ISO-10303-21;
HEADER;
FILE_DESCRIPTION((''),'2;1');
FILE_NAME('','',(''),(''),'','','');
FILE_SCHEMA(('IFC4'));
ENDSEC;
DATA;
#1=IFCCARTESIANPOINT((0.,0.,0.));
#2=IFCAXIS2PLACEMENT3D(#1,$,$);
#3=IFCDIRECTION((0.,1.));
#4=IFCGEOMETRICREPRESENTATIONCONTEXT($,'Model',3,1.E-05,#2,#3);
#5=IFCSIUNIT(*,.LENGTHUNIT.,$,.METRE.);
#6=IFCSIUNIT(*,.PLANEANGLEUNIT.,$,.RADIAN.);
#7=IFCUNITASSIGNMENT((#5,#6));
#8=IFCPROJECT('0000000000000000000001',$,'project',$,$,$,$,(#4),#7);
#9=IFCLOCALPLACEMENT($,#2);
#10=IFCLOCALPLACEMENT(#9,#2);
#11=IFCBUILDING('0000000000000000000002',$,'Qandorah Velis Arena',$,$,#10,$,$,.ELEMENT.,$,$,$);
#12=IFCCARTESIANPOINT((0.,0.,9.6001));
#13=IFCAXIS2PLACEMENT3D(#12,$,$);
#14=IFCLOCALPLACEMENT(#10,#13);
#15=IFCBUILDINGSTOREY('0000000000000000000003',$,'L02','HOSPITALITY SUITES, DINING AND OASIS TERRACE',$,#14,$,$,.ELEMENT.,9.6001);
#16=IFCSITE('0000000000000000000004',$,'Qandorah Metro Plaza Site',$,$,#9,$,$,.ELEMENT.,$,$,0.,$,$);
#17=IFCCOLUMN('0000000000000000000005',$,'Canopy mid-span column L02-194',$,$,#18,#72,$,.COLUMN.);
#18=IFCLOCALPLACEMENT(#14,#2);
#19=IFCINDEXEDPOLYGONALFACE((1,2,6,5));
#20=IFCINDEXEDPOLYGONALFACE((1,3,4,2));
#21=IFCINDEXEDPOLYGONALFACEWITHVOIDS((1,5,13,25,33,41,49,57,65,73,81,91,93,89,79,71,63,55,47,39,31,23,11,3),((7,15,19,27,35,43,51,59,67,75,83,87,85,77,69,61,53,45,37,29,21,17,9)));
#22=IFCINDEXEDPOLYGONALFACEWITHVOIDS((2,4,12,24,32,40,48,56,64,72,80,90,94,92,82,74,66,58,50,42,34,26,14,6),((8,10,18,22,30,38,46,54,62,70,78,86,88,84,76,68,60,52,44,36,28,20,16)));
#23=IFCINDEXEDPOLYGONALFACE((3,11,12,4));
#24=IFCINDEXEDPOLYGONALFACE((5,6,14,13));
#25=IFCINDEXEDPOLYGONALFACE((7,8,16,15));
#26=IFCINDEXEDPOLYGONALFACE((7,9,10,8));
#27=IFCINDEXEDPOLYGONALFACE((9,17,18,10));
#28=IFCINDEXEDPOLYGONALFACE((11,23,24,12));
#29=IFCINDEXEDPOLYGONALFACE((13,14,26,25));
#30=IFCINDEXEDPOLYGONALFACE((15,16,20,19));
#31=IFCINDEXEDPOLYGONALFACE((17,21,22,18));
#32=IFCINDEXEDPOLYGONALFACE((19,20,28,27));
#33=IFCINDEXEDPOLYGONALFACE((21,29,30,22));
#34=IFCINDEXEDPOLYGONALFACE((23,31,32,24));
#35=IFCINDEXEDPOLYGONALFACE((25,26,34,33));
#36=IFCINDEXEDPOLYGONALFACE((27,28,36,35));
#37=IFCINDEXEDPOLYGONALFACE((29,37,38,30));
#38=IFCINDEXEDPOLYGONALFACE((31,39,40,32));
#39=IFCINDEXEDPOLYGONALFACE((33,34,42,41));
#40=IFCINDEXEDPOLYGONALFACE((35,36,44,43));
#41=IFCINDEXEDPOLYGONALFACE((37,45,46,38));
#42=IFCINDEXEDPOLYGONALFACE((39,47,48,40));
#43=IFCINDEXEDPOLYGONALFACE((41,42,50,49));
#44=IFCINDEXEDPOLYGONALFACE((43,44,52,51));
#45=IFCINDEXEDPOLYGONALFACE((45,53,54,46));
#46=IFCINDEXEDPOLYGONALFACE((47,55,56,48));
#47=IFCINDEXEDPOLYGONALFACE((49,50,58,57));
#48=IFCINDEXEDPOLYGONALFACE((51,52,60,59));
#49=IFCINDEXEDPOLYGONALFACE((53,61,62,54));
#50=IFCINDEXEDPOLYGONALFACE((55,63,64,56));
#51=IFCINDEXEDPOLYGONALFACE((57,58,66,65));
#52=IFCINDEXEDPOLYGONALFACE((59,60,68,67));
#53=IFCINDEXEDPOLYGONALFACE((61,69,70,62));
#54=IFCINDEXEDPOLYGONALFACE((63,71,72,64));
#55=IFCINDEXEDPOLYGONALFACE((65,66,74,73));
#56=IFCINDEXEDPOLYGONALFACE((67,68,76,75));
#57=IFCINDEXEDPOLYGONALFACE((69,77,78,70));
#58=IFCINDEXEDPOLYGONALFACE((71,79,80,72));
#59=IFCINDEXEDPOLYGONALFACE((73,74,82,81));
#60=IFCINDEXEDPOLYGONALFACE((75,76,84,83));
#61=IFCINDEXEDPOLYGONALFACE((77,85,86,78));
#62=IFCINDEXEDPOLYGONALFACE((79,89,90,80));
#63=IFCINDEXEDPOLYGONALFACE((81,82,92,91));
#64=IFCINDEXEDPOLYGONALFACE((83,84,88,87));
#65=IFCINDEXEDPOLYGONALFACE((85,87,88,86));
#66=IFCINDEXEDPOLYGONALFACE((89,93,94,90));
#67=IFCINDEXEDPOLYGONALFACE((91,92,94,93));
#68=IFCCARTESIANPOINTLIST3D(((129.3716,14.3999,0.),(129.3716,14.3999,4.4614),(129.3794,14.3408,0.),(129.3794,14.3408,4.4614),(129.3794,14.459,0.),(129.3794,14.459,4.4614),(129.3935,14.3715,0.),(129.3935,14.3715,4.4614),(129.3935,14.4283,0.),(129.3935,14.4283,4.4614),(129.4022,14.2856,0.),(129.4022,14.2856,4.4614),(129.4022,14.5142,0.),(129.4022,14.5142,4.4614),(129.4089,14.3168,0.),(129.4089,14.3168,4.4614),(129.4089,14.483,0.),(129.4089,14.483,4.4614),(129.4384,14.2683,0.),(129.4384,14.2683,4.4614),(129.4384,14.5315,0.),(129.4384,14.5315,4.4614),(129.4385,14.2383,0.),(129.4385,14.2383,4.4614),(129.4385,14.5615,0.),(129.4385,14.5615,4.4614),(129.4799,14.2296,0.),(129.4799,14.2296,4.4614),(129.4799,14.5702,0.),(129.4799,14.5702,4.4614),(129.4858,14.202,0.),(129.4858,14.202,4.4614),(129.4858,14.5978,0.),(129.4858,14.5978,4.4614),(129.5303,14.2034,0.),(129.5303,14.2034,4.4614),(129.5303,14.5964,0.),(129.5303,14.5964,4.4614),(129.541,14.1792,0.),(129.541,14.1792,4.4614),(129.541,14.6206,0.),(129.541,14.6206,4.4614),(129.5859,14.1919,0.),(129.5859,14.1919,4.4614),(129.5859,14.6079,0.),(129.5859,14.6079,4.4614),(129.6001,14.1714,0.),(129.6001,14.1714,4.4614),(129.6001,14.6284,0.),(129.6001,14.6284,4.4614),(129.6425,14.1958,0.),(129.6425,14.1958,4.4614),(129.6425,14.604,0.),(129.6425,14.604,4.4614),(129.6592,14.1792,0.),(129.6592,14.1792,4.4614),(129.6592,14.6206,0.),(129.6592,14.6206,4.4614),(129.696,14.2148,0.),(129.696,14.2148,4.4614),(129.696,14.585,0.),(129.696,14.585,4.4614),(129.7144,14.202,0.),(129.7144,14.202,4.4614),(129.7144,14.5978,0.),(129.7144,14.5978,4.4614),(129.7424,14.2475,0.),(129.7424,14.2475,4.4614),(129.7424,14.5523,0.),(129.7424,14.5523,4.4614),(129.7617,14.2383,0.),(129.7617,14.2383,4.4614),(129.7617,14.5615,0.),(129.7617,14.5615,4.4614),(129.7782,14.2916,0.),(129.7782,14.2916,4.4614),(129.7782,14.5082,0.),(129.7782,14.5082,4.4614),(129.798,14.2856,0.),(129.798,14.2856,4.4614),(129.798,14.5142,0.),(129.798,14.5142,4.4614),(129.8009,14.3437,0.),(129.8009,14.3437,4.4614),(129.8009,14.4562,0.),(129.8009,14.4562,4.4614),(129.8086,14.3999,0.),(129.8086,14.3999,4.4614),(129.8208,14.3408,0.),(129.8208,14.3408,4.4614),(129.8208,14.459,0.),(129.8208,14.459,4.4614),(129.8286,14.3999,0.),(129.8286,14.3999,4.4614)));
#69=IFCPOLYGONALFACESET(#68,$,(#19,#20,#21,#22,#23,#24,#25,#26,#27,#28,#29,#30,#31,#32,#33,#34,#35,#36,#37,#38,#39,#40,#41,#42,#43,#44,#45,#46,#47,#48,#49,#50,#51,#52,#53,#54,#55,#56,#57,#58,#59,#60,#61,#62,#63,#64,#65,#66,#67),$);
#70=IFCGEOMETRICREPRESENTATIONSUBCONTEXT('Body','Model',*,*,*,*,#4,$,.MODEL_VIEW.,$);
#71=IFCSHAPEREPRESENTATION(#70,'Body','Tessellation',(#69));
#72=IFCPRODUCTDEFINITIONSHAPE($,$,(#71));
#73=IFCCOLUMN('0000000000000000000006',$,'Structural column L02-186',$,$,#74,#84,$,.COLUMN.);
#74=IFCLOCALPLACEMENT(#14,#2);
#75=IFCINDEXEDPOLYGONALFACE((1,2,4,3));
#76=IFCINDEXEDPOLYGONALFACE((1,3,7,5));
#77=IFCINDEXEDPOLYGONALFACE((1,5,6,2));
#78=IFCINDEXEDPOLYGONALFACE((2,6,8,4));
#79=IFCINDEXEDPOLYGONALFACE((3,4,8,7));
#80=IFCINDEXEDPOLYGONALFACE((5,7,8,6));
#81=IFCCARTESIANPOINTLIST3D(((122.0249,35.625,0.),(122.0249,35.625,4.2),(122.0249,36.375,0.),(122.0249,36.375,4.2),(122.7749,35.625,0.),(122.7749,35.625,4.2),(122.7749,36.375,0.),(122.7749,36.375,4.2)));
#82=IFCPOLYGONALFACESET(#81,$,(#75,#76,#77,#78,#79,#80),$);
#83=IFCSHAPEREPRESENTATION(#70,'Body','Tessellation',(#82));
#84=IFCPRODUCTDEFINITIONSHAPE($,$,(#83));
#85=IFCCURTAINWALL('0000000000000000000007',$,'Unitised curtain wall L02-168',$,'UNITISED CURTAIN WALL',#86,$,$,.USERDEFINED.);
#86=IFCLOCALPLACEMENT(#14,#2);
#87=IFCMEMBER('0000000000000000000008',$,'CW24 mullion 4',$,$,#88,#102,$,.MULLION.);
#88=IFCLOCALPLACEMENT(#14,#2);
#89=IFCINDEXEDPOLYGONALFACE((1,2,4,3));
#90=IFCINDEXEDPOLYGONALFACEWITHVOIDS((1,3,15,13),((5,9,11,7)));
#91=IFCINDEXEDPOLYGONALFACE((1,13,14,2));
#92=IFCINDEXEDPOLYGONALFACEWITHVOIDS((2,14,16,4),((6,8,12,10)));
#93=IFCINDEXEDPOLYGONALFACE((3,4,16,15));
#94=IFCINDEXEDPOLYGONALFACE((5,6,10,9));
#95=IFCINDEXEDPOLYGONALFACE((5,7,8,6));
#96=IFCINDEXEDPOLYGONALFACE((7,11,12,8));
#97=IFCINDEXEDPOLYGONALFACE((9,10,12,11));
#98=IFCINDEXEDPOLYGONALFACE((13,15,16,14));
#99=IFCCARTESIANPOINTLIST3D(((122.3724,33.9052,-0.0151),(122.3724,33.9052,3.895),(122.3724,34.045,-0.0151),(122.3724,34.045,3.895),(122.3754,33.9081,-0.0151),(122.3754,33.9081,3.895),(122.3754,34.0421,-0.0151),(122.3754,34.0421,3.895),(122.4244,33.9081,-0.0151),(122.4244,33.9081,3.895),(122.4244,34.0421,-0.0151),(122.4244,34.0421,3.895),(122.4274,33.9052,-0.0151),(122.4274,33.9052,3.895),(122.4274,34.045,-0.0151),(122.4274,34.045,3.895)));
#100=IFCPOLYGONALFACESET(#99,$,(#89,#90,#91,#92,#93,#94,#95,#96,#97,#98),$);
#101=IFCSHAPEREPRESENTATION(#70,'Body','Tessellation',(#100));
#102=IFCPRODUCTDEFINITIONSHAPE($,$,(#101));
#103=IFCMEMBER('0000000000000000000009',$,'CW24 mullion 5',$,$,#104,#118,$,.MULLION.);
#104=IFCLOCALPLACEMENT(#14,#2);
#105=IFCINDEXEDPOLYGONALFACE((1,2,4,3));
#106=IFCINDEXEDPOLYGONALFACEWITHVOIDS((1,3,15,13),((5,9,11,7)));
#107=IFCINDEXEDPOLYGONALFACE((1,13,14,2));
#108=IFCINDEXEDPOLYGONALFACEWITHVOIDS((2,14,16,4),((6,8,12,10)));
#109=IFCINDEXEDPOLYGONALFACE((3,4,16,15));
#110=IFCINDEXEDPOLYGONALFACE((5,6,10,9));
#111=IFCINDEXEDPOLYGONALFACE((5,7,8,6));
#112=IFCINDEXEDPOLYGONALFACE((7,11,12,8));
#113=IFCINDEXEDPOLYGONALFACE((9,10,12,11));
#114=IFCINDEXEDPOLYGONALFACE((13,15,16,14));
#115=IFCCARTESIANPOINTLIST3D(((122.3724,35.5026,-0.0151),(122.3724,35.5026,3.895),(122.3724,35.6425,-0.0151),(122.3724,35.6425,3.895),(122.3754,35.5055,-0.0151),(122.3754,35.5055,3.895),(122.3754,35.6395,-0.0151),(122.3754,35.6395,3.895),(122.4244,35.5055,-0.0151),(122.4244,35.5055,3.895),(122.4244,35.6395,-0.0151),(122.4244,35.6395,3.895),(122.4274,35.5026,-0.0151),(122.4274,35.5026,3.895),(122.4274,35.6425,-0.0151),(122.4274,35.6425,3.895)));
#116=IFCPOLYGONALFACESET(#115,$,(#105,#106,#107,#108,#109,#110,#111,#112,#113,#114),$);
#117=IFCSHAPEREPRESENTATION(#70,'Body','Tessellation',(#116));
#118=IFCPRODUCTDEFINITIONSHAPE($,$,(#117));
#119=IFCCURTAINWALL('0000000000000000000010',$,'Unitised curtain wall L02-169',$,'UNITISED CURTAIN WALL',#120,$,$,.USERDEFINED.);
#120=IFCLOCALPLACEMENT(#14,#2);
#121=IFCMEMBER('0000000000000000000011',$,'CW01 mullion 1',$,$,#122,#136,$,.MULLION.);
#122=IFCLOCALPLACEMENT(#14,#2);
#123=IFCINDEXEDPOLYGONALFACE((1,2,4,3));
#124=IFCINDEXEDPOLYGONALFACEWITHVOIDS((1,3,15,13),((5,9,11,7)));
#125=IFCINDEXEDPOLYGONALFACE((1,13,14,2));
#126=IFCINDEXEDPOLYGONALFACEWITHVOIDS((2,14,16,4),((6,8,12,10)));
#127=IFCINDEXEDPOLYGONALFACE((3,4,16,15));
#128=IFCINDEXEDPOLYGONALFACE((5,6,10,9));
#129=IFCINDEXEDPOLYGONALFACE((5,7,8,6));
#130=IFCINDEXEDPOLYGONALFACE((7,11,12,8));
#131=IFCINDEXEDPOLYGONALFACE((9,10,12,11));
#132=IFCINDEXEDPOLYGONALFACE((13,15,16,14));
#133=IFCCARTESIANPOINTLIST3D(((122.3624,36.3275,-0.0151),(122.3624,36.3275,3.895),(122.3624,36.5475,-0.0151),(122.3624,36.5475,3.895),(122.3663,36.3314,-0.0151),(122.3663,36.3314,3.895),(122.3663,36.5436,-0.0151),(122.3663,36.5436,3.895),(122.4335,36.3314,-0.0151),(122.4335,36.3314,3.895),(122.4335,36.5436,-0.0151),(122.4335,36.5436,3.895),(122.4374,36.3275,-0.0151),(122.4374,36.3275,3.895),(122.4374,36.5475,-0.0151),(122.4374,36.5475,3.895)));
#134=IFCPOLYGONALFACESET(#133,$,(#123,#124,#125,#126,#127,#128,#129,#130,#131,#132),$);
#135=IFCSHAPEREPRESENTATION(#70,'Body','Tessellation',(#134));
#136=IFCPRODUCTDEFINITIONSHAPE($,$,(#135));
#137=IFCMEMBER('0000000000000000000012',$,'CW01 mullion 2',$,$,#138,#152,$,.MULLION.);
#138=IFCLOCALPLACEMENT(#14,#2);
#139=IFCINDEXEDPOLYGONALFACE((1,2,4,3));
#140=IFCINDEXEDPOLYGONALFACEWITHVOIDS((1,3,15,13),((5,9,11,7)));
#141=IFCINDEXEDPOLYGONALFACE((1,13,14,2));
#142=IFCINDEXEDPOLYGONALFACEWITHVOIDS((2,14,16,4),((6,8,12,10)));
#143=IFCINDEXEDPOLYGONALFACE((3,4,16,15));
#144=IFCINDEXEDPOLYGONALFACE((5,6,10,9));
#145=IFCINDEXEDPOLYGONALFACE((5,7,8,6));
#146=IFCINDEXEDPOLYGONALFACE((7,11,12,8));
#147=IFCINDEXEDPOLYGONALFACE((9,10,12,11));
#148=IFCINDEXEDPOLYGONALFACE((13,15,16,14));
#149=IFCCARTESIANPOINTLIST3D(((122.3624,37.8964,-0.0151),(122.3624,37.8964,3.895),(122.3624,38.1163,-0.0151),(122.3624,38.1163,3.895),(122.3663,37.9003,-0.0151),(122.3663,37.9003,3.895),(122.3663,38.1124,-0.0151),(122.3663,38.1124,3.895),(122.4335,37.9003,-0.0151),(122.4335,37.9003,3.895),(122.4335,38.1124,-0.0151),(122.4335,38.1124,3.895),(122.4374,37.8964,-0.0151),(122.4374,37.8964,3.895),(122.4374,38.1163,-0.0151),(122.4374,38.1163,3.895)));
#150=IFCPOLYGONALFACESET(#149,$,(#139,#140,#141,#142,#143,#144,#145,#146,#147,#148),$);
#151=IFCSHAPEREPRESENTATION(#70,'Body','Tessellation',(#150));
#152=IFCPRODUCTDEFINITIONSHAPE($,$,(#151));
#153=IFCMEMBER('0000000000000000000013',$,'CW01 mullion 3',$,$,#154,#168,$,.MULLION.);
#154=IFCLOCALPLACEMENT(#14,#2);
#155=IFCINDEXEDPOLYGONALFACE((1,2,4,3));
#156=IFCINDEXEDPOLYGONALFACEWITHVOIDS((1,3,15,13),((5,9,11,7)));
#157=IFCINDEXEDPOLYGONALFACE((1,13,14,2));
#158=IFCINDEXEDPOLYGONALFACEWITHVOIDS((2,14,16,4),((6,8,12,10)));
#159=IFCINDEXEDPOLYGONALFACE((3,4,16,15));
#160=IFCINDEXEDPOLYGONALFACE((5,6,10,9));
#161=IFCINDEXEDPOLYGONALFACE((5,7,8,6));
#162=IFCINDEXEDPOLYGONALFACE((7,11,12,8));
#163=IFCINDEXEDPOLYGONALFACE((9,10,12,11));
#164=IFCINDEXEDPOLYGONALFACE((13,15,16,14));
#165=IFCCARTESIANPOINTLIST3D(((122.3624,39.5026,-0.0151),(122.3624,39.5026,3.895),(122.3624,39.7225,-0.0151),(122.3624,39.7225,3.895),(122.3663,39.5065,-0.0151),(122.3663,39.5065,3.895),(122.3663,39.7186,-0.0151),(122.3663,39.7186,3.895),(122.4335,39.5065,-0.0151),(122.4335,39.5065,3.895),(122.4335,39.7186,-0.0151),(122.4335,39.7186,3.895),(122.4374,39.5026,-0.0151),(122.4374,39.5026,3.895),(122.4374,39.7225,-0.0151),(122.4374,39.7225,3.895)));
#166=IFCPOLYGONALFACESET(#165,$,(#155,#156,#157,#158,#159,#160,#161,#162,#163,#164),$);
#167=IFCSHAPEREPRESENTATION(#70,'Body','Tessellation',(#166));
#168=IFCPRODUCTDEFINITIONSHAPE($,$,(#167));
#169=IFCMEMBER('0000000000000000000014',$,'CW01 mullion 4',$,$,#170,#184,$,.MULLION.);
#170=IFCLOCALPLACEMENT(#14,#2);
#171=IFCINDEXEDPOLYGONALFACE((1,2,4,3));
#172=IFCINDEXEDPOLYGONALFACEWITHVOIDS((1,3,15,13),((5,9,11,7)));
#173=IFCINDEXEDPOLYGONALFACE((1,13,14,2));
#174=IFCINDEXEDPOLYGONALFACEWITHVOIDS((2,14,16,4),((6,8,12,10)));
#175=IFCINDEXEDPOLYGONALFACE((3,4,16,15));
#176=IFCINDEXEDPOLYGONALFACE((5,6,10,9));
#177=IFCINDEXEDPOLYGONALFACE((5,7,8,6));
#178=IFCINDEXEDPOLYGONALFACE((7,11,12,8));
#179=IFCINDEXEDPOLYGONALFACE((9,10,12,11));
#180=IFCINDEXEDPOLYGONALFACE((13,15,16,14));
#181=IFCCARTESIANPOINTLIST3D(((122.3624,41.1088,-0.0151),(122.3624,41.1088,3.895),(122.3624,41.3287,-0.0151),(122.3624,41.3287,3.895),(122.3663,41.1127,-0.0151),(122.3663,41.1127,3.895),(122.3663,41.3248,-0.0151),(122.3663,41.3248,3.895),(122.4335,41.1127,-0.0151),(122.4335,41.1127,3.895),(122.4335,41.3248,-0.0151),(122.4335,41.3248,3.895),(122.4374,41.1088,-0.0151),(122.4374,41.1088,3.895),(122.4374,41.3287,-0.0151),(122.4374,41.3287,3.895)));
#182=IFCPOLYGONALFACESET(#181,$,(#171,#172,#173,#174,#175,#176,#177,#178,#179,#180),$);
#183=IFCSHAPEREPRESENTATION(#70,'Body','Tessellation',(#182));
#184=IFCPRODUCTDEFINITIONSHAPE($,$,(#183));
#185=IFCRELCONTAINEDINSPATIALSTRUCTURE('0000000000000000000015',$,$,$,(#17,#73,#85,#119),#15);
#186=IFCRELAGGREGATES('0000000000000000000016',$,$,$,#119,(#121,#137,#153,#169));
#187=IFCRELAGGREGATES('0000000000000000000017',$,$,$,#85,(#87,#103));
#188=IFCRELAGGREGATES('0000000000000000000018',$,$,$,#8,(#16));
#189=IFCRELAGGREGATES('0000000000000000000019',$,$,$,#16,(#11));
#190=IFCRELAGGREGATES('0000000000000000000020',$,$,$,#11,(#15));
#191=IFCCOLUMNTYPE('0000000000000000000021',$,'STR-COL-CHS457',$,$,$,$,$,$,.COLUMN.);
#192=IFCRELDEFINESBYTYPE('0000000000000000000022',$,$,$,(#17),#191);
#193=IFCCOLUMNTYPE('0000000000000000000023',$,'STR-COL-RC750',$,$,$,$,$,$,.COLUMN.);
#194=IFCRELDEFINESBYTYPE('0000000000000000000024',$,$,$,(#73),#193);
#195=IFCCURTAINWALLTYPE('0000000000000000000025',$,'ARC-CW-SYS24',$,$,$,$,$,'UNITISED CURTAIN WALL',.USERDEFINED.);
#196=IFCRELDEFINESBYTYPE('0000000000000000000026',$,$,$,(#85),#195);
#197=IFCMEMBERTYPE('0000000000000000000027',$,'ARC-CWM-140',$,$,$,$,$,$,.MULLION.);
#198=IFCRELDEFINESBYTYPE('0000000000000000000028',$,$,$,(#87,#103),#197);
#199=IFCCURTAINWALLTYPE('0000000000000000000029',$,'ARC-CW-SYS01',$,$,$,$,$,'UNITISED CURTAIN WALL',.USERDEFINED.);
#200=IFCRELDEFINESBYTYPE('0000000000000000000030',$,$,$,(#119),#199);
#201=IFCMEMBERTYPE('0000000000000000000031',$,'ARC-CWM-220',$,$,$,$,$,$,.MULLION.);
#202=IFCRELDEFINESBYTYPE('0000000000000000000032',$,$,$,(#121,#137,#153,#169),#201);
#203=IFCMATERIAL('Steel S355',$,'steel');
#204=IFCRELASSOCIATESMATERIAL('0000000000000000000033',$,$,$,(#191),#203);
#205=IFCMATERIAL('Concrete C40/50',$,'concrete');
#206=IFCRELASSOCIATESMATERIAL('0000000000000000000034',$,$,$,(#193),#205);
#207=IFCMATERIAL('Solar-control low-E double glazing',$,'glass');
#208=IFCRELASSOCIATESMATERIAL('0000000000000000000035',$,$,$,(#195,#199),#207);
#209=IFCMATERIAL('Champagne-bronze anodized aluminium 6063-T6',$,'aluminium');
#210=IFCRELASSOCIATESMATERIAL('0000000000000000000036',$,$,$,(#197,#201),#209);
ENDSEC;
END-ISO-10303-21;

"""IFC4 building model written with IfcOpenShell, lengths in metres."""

from ifc_helpers import new_model, si_unit, direction, frame, origin, origin_2d, place, context, subcontext, project, spatial, rectangle, hollow_rectangle, hollow_circle, extrude, material, material_profile, profile_set, type_object, element, aggregate, save


model = new_model("IFC4")

# Units and contexts
model_context = context("Model", 3, precision=1e-05, world=origin(), true_north=direction((0.0, 1.0)))
body_context = subcontext(model_context, "Body", "Model", "MODEL_VIEW")
ifc_project = project(units=[si_unit("LENGTHUNIT", "METRE"), si_unit("PLANEANGLEUNIT", "RADIAN")], contexts=[model_context])

# Site, building, storey
site_placement = place(None, origin())
site = spatial("IfcSite", under=ifc_project, at=site_placement, Name="Qandorah Metro Plaza Site", CompositionType="ELEMENT", RefElevation=0.0)
building_placement = place(site_placement, origin())
building = spatial("IfcBuilding", under=site, at=building_placement, Name="Qandorah Velis Arena", CompositionType="ELEMENT")
storey_placement = place(building_placement, frame((0.0, 0.0, 9.6001)))
storey = spatial("IfcBuildingStorey", under=building, at=storey_placement, Name="L02", Description="HOSPITALITY SUITES, DINING AND OASIS TERRACE", CompositionType="ELEMENT", Elevation=9.6001)

# Columns
ifc_material_1 = material(Name="Steel S355", Category="steel")
ifc_material_profile_1 = material_profile(ifc_material_1, hollow_circle(Radius=0.2285, WallThickness=0.02, at=origin_2d()), Name="CHS 457x20")
ifc_profile_set_1 = profile_set([ifc_material_profile_1], Name="Steel S355")
column_type_1 = type_object("IfcColumnType", Name="STR-COL-CHS457", PredefinedType="COLUMN", material=ifc_profile_set_1)
column_1_placement = place(storey_placement, frame((129.6001, 14.3999, 0.0), z_axis=(0.0, 0.0, 1.0), x_axis=(1.0, 0.0, 0.0)))
element("IfcColumn", 1, at=column_1_placement, inside=storey, type_object=column_type_1, Name="Canopy mid-span column L02-194", PredefinedType="COLUMN", context=body_context, shape_type="SweptSolid", body=[
    extrude(hollow_circle(Radius=0.2285, WallThickness=0.02, at=origin_2d()), origin(), (0.0, 0.0, 1.0), 4.4614),
])
ifc_material_2 = material(Name="Concrete C40/50", Category="concrete")
ifc_material_profile_2 = material_profile(ifc_material_2, rectangle(XDim=0.75, YDim=0.75, at=origin_2d()), Name="RC COL 750x750")
ifc_profile_set_2 = profile_set([ifc_material_profile_2], Name="Concrete C40/50")
column_type_2 = type_object("IfcColumnType", Name="STR-COL-RC750", PredefinedType="COLUMN", material=ifc_profile_set_2)
column_2_placement = place(storey_placement, frame((122.3999, 36.0, 0.0), z_axis=(0.0, 0.0, 1.0), x_axis=(1.0, 0.0, 0.0)))
element("IfcColumn", 2, at=column_2_placement, inside=storey, type_object=column_type_2, Name="Structural column L02-186", PredefinedType="COLUMN", context=body_context, shape_type="SweptSolid", body=[
    extrude(rectangle(XDim=0.75, YDim=0.75, at=origin_2d()), origin(), (0.0, 0.0, 1.0), 4.2),
])

# Curtain walls, members
ifc_material_3 = material(Name="Solar-control low-E double glazing", Category="glass")
curtain_wall_type_1 = type_object("IfcCurtainWallType", Name="ARC-CW-SYS24", ElementType="UNITISED CURTAIN WALL", PredefinedType="USERDEFINED", material=ifc_material_3)
curtain_wall_1_placement = place(storey_placement, origin())
curtain_wall_1 = element("IfcCurtainWall", 3, at=curtain_wall_1_placement, inside=storey, type_object=curtain_wall_type_1, Name="Unitised curtain wall L02-168", ObjectType="UNITISED CURTAIN WALL", PredefinedType="USERDEFINED")
ifc_material_4 = material(Name="Champagne-bronze anodized aluminium 6063-T6", Category="aluminium")
ifc_material_profile_3 = material_profile(ifc_material_4, hollow_rectangle(XDim=0.0549, YDim=0.1399, WallThickness=0.0029, at=origin_2d()), Name="ALU MULLION 55x140")
ifc_profile_set_3 = profile_set([ifc_material_profile_3], Name="Champagne-bronze anodized aluminium 6063-T6")
member_type_1 = type_object("IfcMemberType", Name="ARC-CWM-140", PredefinedType="MULLION", material=ifc_profile_set_3)
member_1_placement = place(storey_placement, frame((122.3999, 33.9751, -0.0151), z_axis=(0.0, 0.0, 1.0), x_axis=(-1.0, 0.0, 0.0)))
member_1 = element("IfcMember", 4, at=member_1_placement, type_object=member_type_1, Name="CW24 mullion 4", PredefinedType="MULLION", context=body_context, shape_type="SweptSolid", body=[
    extrude(hollow_rectangle(XDim=0.0549, YDim=0.1399, WallThickness=0.0029, at=origin_2d()), origin(), (0.0, 0.0, 1.0), 3.9102),
])
member_2_placement = place(storey_placement, frame((122.3999, 35.5725, -0.0151), z_axis=(0.0, 0.0, 1.0), x_axis=(-1.0, 0.0, 0.0)))
member_2 = element("IfcMember", 5, at=member_2_placement, type_object=member_type_1, Name="CW24 mullion 5", PredefinedType="MULLION", context=body_context, shape_type="SweptSolid", body=[
    extrude(hollow_rectangle(XDim=0.0549, YDim=0.1399, WallThickness=0.0029, at=origin_2d()), origin(), (0.0, 0.0, 1.0), 3.9102),
])
curtain_wall_type_2 = type_object("IfcCurtainWallType", Name="ARC-CW-SYS01", ElementType="UNITISED CURTAIN WALL", PredefinedType="USERDEFINED", material=ifc_material_3)
curtain_wall_2_placement = place(storey_placement, origin())
curtain_wall_2 = element("IfcCurtainWall", 6, at=curtain_wall_2_placement, inside=storey, type_object=curtain_wall_type_2, Name="Unitised curtain wall L02-169", ObjectType="UNITISED CURTAIN WALL", PredefinedType="USERDEFINED")
ifc_material_profile_4 = material_profile(ifc_material_4, hollow_rectangle(XDim=0.075, YDim=0.22, WallThickness=0.0039, at=origin_2d()), Name="ALU MULLION 75x220")
ifc_profile_set_4 = profile_set([ifc_material_profile_4], Name="Champagne-bronze anodized aluminium 6063-T6")
member_type_2 = type_object("IfcMemberType", Name="ARC-CWM-220", PredefinedType="MULLION", material=ifc_profile_set_4)
member_3_placement = place(storey_placement, frame((122.3999, 36.4375, -0.0151), z_axis=(0.0, 0.0, 1.0), x_axis=(-1.0, 0.0, 0.0)))
member_3 = element("IfcMember", 7, at=member_3_placement, type_object=member_type_2, Name="CW01 mullion 1", PredefinedType="MULLION", context=body_context, shape_type="SweptSolid", body=[
    extrude(hollow_rectangle(XDim=0.075, YDim=0.22, WallThickness=0.0039, at=origin_2d()), origin(), (0.0, 0.0, 1.0), 3.9102),
])
member_4_placement = place(storey_placement, frame((122.3999, 38.0063, -0.0151), z_axis=(0.0, 0.0, 1.0), x_axis=(-1.0, 0.0, 0.0)))
member_4 = element("IfcMember", 8, at=member_4_placement, type_object=member_type_2, Name="CW01 mullion 2", PredefinedType="MULLION", context=body_context, shape_type="SweptSolid", body=[
    extrude(hollow_rectangle(XDim=0.075, YDim=0.22, WallThickness=0.0039, at=origin_2d()), origin(), (0.0, 0.0, 1.0), 3.9102),
])
member_5_placement = place(storey_placement, frame((122.3999, 39.6125, -0.0151), z_axis=(0.0, 0.0, 1.0), x_axis=(-1.0, 0.0, 0.0)))
member_5 = element("IfcMember", 9, at=member_5_placement, type_object=member_type_2, Name="CW01 mullion 3", PredefinedType="MULLION", context=body_context, shape_type="SweptSolid", body=[
    extrude(hollow_rectangle(XDim=0.075, YDim=0.22, WallThickness=0.0039, at=origin_2d()), origin(), (0.0, 0.0, 1.0), 3.9102),
])
member_6_placement = place(storey_placement, frame((122.3999, 41.2188, -0.0151), z_axis=(0.0, 0.0, 1.0), x_axis=(-1.0, 0.0, 0.0)))
member_6 = element("IfcMember", 10, at=member_6_placement, type_object=member_type_2, Name="CW01 mullion 4", PredefinedType="MULLION", context=body_context, shape_type="SweptSolid", body=[
    extrude(hollow_rectangle(XDim=0.075, YDim=0.22, WallThickness=0.0039, at=origin_2d()), origin(), (0.0, 0.0, 1.0), 3.9102),
])

aggregate(curtain_wall_2, [member_3, member_4, member_5, member_6])
aggregate(curtain_wall_1, [member_1, member_2])

save(model, "model.ifc")
